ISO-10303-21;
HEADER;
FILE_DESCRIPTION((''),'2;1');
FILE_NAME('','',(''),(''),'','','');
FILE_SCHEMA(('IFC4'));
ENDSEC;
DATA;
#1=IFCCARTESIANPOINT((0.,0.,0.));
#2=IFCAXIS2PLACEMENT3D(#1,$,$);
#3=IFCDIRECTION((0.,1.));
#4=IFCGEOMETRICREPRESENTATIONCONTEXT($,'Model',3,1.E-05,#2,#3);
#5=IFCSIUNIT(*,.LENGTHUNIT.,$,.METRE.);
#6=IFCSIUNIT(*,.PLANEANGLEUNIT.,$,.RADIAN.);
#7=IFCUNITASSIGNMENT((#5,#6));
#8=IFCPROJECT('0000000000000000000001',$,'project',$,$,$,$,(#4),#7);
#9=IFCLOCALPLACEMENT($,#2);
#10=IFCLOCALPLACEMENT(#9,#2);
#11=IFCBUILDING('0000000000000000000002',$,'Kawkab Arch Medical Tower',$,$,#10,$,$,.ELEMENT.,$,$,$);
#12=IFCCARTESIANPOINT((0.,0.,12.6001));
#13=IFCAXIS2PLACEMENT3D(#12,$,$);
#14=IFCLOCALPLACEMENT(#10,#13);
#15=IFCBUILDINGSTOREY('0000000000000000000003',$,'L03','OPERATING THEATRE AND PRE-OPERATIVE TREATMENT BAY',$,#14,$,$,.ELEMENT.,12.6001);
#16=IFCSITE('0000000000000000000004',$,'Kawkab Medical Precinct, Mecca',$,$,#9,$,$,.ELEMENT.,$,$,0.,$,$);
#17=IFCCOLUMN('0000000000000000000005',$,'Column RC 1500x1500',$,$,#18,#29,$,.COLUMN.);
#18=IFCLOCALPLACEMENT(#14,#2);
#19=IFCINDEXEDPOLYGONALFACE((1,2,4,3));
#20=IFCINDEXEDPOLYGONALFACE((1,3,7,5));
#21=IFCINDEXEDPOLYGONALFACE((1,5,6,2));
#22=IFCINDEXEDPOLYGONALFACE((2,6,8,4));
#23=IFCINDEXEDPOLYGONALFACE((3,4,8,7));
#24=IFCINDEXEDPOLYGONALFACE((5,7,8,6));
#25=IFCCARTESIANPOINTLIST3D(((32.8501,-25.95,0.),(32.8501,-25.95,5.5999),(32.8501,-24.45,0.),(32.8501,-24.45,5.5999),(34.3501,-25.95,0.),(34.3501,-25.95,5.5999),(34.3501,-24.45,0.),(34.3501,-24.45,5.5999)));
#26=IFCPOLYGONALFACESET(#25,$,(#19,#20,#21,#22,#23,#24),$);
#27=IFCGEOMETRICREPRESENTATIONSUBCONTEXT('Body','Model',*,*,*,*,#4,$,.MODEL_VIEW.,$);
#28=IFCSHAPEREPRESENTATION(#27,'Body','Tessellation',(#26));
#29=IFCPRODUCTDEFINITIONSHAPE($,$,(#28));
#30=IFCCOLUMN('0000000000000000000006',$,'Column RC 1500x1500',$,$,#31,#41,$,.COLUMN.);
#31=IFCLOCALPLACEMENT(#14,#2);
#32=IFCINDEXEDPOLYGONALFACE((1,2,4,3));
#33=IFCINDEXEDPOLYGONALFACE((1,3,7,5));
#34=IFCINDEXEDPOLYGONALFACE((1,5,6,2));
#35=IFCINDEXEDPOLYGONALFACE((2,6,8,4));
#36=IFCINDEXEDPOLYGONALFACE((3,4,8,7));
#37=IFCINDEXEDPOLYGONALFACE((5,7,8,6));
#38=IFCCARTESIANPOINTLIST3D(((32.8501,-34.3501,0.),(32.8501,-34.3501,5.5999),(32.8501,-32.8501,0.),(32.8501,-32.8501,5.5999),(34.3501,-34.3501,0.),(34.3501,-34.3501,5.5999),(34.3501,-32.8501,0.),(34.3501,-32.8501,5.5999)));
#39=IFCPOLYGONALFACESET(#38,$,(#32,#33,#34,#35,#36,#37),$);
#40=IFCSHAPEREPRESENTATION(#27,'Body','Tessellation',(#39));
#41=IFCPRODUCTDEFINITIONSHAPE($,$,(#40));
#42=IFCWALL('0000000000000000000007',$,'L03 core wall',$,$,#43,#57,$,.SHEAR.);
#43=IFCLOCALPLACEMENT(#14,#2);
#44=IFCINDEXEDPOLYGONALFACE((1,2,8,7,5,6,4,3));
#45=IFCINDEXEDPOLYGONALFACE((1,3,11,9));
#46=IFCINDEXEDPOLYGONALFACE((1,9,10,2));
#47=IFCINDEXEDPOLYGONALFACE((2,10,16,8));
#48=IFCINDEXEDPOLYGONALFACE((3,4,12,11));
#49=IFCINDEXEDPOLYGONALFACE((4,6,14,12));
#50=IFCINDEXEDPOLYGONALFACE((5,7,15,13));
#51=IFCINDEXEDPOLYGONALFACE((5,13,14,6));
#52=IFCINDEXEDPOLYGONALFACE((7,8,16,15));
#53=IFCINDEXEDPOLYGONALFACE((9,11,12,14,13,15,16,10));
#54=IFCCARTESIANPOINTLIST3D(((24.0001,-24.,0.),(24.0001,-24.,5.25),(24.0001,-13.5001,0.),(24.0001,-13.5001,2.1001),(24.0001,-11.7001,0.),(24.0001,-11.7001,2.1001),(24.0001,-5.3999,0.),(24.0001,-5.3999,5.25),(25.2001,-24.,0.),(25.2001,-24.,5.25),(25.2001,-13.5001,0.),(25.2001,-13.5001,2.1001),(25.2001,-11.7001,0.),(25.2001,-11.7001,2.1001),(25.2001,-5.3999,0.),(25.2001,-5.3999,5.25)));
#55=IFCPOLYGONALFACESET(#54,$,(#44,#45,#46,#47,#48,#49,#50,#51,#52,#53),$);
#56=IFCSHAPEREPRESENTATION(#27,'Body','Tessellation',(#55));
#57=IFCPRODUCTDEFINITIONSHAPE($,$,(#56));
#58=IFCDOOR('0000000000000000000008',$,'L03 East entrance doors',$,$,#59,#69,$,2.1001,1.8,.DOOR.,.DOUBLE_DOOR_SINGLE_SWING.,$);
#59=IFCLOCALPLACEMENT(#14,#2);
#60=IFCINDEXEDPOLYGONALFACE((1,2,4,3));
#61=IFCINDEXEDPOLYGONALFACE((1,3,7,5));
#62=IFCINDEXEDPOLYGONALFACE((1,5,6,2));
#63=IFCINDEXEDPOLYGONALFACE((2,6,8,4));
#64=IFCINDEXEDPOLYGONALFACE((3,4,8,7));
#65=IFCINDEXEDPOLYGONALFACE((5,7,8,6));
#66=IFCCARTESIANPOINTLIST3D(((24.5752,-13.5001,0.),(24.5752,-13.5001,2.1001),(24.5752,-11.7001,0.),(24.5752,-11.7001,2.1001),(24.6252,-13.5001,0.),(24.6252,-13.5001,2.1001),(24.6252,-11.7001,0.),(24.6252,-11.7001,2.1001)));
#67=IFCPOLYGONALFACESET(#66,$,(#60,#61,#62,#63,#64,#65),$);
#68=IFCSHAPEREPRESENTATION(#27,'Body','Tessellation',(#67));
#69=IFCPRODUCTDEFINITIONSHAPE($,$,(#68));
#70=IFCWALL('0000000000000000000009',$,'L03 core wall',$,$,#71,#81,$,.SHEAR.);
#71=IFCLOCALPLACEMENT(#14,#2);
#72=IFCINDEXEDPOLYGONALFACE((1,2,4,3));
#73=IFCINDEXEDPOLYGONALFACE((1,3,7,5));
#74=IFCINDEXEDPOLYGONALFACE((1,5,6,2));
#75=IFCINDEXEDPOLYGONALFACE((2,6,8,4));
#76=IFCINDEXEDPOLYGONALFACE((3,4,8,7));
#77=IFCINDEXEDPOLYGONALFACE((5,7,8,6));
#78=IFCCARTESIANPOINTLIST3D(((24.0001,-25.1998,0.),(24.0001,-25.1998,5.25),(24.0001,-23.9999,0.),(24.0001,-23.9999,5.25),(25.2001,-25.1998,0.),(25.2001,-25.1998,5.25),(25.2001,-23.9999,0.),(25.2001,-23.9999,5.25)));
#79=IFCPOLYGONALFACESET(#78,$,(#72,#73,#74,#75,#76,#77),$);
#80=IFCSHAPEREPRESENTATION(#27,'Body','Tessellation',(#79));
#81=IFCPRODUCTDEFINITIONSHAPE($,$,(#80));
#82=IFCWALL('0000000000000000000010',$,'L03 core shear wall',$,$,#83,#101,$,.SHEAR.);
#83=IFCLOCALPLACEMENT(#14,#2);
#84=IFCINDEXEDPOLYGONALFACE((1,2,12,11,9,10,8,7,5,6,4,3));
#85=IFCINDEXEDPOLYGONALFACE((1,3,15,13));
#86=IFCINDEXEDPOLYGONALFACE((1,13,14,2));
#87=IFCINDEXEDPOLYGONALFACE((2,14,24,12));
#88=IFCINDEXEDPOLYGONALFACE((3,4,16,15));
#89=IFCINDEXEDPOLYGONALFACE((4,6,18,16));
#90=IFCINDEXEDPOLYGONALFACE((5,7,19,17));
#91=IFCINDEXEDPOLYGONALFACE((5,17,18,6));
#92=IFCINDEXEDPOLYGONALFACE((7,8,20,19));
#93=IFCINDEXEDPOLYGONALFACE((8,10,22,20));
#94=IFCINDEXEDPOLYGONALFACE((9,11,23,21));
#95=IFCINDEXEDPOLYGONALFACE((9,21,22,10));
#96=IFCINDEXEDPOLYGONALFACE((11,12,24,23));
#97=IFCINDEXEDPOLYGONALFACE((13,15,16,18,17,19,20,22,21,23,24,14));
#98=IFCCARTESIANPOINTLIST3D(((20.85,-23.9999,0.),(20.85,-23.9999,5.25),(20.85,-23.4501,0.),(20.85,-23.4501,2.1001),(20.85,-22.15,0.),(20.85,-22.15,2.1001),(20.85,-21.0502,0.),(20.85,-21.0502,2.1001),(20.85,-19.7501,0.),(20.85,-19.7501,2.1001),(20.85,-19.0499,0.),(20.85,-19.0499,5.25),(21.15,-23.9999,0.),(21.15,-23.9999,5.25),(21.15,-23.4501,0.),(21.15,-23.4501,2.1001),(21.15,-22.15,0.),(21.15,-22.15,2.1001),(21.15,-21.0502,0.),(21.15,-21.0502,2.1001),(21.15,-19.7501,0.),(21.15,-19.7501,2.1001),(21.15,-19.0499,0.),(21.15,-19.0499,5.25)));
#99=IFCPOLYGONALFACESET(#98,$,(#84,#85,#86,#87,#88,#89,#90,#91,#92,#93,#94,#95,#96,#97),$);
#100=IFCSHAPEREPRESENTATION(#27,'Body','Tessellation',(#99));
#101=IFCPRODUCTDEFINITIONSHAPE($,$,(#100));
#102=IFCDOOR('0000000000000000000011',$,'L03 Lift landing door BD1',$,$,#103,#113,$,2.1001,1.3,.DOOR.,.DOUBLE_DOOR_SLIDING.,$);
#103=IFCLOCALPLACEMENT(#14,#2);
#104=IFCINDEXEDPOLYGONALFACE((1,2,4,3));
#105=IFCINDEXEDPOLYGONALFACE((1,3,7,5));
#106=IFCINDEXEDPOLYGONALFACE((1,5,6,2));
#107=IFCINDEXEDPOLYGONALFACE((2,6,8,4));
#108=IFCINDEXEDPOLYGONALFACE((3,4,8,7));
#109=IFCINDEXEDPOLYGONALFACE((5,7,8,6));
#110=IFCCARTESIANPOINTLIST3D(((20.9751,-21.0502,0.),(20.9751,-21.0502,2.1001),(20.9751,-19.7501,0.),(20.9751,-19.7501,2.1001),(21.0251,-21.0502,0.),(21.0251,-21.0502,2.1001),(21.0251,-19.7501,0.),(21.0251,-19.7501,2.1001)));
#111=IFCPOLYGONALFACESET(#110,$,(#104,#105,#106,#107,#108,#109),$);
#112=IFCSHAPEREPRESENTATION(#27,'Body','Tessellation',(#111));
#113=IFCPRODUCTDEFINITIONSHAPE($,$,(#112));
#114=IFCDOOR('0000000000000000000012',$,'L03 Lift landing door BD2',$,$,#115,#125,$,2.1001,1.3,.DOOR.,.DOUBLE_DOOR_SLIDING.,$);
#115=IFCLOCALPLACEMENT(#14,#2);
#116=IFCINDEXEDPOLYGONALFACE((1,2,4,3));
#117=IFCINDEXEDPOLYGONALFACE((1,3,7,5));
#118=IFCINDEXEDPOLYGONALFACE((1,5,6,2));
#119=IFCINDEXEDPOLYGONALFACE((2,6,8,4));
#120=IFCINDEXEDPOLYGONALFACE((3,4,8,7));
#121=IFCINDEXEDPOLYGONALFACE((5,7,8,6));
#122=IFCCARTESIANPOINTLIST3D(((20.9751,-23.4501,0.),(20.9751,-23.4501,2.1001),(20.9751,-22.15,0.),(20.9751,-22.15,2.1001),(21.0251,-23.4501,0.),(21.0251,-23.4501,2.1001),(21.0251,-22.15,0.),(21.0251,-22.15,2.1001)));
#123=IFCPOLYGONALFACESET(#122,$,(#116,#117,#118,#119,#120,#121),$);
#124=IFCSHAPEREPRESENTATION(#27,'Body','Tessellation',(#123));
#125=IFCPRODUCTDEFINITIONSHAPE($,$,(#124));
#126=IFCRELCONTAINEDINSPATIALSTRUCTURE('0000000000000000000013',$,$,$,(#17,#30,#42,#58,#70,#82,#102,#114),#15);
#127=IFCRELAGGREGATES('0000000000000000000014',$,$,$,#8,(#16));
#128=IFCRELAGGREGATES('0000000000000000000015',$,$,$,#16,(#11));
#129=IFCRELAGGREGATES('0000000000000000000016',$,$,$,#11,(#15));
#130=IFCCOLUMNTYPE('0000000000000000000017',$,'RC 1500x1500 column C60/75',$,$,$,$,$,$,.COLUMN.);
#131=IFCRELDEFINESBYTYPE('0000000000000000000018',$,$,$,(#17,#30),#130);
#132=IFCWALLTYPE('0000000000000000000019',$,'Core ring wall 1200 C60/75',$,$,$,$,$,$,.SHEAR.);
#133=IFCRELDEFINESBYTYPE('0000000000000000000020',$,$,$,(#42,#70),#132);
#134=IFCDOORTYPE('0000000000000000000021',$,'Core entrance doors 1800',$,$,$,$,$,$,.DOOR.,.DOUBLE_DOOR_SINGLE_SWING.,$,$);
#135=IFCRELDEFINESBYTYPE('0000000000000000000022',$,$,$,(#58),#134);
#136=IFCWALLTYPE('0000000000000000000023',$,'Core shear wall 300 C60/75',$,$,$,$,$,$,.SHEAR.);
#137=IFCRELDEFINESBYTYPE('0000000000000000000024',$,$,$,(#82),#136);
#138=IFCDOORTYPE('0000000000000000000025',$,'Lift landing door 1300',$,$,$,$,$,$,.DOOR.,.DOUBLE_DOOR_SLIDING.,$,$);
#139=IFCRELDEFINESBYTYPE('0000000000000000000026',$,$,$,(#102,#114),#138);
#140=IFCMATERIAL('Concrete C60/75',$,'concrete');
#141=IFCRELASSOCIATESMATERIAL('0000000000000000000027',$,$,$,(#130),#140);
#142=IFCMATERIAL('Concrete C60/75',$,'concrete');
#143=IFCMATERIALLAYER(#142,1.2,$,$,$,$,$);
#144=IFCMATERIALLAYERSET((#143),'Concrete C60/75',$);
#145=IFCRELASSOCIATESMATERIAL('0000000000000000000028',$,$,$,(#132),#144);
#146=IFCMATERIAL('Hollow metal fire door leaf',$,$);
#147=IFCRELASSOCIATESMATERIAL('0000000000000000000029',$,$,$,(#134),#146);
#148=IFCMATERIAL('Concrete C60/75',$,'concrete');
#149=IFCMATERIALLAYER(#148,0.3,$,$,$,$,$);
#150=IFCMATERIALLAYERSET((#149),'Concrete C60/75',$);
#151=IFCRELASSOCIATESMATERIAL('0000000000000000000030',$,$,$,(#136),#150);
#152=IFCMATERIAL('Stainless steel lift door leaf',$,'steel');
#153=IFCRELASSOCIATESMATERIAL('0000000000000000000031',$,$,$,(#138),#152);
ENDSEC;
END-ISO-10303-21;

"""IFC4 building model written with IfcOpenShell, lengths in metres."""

from ifc_helpers import new_model, si_unit, direction, frame, frame_2d, origin, origin_2d, place, context, subcontext, project, spatial, rectangle, extrude, material, layer, layer_set, material_profile, profile_set, type_object, element, fill, save


model = new_model("IFC4")

# Units and contexts
model_context = context("Model", 3, precision=1e-05, world=origin(), true_north=direction((0.0, 1.0)))
body_context = subcontext(model_context, "Body", "Model", "MODEL_VIEW")
ifc_project = project(units=[si_unit("LENGTHUNIT", "METRE"), si_unit("PLANEANGLEUNIT", "RADIAN")], contexts=[model_context])

# Site, building, storey
site_placement = place(None, origin())
site = spatial("IfcSite", under=ifc_project, at=site_placement, Name="Kawkab Medical Precinct, Mecca", CompositionType="ELEMENT", RefElevation=0.0)
building_placement = place(site_placement, origin())
building = spatial("IfcBuilding", under=site, at=building_placement, Name="Kawkab Arch Medical Tower", CompositionType="ELEMENT")
storey_placement = place(building_placement, frame((0.0, 0.0, 12.6001)))
storey = spatial("IfcBuildingStorey", under=building, at=storey_placement, Name="L03", Description="OPERATING THEATRE AND PRE-OPERATIVE TREATMENT BAY", CompositionType="ELEMENT", Elevation=12.6001)

# Columns
ifc_material_1 = material(Name="Concrete C60/75", Category="concrete")
ifc_material_profile = material_profile(ifc_material_1, rectangle(XDim=1.5, YDim=1.5, at=origin_2d()), Name="RC 1500x1500")
ifc_profile_set = profile_set([ifc_material_profile], Name="Concrete C60/75")
column_type = type_object("IfcColumnType", Name="RC 1500x1500 column C60/75", PredefinedType="COLUMN", material=ifc_profile_set)
for number, where, z_axis, x_axis, name in (
    (1, (33.6001, -25.2, 0.0), (0.0, 0.0, 1.0), (1.0, 0.0, 0.0), "Column RC 1500x1500"),
    (2, (33.6001, -33.6001, 0.0), (0.0, 0.0, 1.0), (1.0, 0.0, 0.0), "Column RC 1500x1500"),
):
    element("IfcColumn", number, at=place(storey_placement, frame(where, z_axis=z_axis, x_axis=x_axis)), inside=storey, type_object=column_type, Name=name, PredefinedType="COLUMN", context=body_context, shape_type="SweptSolid", body=[
        extrude(rectangle(XDim=1.5, YDim=1.5, at=origin_2d()), origin(), (0.0, 0.0, 1.0), 5.5999),
    ])

# Wall, opening, door
ifc_material_2 = material(Name="Concrete C60/75", Category="concrete")
ifc_layer_1 = layer(ifc_material_2, 1.2)
ifc_layer_set_1 = layer_set([ifc_layer_1], Name="Concrete C60/75")
wall_type_1 = type_object("IfcWallType", Name="Core ring wall 1200 C60/75", PredefinedType="SHEAR", material=ifc_layer_set_1)
wall_1_placement = place(storey_placement, frame((24.6001, -24.0, 0.0), z_axis=(0.0, 0.0, 1.0), x_axis=(0.0, 1.0, 0.0)))
wall_1 = element("IfcWall", 3, at=wall_1_placement, inside=storey, type_object=wall_type_1, Name="L03 core wall", PredefinedType="SHEAR", context=body_context, shape_type="SweptSolid", body=[
    extrude(rectangle(XDim=18.6001, YDim=1.2, at=frame_2d((9.3, 0.0))), origin(), (0.0, 0.0, 1.0), 5.25),
])
opening_1_placement = place(wall_1_placement, frame((10.5, 0.0, 0.0)))
opening_1 = element("IfcOpeningElement", 4, at=opening_1_placement, cuts=wall_1, PredefinedType="OPENING", context=body_context, shape_type="SweptSolid", body=[
    extrude(rectangle(XDim=1.8, YDim=2.1001, at=frame_2d((0.8999, 1.05))), frame((0.0, 0.6099, 0.0), z_axis=(0.0, -1.0, 0.0), x_axis=(1.0, 0.0, 0.0)), (0.0, 0.0, 1.0), 1.22),
])
ifc_material_3 = material(Name="Hollow metal fire door leaf")
door_type_1 = type_object("IfcDoorType", Name="Core entrance doors 1800", OperationType="DOUBLE_DOOR_SINGLE_SWING", PredefinedType="DOOR", material=ifc_material_3)
door_1_placement = place(opening_1_placement, origin())
door_1 = element("IfcDoor", 5, at=door_1_placement, inside=storey, type_object=door_type_1, Name="L03 East entrance doors", OperationType="DOUBLE_DOOR_SINGLE_SWING", OverallHeight=2.1001, OverallWidth=1.8, PredefinedType="DOOR", context=body_context, shape_type="SweptSolid", body=[
    extrude(rectangle(XDim=1.8, YDim=2.1001, at=frame_2d((0.8999, 1.05))), frame((0.0, 0.0249, 0.0), z_axis=(0.0, -1.0, 0.0), x_axis=(1.0, 0.0, 0.0)), (0.0, 0.0, 1.0), 0.05),
])
fill(opening_1, door_1)

# Wall
wall_2_placement = place(storey_placement, frame((24.6001, -25.2, 0.0), z_axis=(0.0, 0.0, 1.0), x_axis=(0.0, 1.0, 0.0)))
element("IfcWall", 6, at=wall_2_placement, inside=storey, type_object=wall_type_1, Name="L03 core wall", PredefinedType="SHEAR", context=body_context, shape_type="SweptSolid", body=[
    extrude(rectangle(XDim=1.2, YDim=1.2, at=frame_2d((0.6001, 0.0))), origin(), (0.0, 0.0, 1.0), 5.25),
])

# Wall, openings, doors
ifc_material_4 = material(Name="Concrete C60/75", Category="concrete")
ifc_layer_2 = layer(ifc_material_4, 0.3)
ifc_layer_set_2 = layer_set([ifc_layer_2], Name="Concrete C60/75")
wall_type_2 = type_object("IfcWallType", Name="Core shear wall 300 C60/75", PredefinedType="SHEAR", material=ifc_layer_set_2)
wall_3_placement = place(storey_placement, frame((21.0, -24.0, 0.0), z_axis=(0.0, 0.0, 1.0), x_axis=(0.0, 1.0, 0.0)))
wall_3 = element("IfcWall", 7, at=wall_3_placement, inside=storey, type_object=wall_type_2, Name="L03 core shear wall", PredefinedType="SHEAR", context=body_context, shape_type="SweptSolid", body=[
    extrude(rectangle(XDim=4.95, YDim=0.3, at=frame_2d((2.4751, 0.0))), origin(), (0.0, 0.0, 1.0), 5.25),
])
opening_2_placement = place(wall_3_placement, frame((2.95, 0.0, 0.0)))
opening_2 = element("IfcOpeningElement", 8, at=opening_2_placement, cuts=wall_3, PredefinedType="OPENING", context=body_context, shape_type="SweptSolid", body=[
    extrude(rectangle(XDim=1.3, YDim=2.1001, at=frame_2d((0.6499, 1.05))), frame((0.0, 0.1599, 0.0), z_axis=(0.0, -1.0, 0.0), x_axis=(1.0, 0.0, 0.0)), (0.0, 0.0, 1.0), 0.3201),
])
opening_3_placement = place(wall_3_placement, frame((0.55, 0.0, 0.0)))
opening_3 = element("IfcOpeningElement", 9, at=opening_3_placement, cuts=wall_3, PredefinedType="OPENING", context=body_context, shape_type="SweptSolid", body=[
    extrude(rectangle(XDim=1.3, YDim=2.1001, at=frame_2d((0.6499, 1.05))), frame((0.0, 0.1599, 0.0), z_axis=(0.0, -1.0, 0.0), x_axis=(1.0, 0.0, 0.0)), (0.0, 0.0, 1.0), 0.3201),
])
ifc_material_5 = material(Name="Stainless steel lift door leaf", Category="steel")
door_type_2 = type_object("IfcDoorType", Name="Lift landing door 1300", OperationType="DOUBLE_DOOR_SLIDING", PredefinedType="DOOR", material=ifc_material_5)
door_2_placement = place(opening_2_placement, origin())
door_2 = element("IfcDoor", 10, at=door_2_placement, inside=storey, type_object=door_type_2, Name="L03 Lift landing door BD1", OperationType="DOUBLE_DOOR_SLIDING", OverallHeight=2.1001, OverallWidth=1.3, PredefinedType="DOOR", context=body_context, shape_type="SweptSolid", body=[
    extrude(rectangle(XDim=1.3, YDim=2.1001, at=frame_2d((0.6499, 1.05))), frame((0.0, 0.0249, 0.0), z_axis=(0.0, -1.0, 0.0), x_axis=(1.0, 0.0, 0.0)), (0.0, 0.0, 1.0), 0.05),
])
fill(opening_2, door_2)
door_3_placement = place(opening_3_placement, origin())
door_3 = element("IfcDoor", 11, at=door_3_placement, inside=storey, type_object=door_type_2, Name="L03 Lift landing door BD2", OperationType="DOUBLE_DOOR_SLIDING", OverallHeight=2.1001, OverallWidth=1.3, PredefinedType="DOOR", context=body_context, shape_type="SweptSolid", body=[
    extrude(rectangle(XDim=1.3, YDim=2.1001, at=frame_2d((0.6499, 1.05))), frame((0.0, 0.0249, 0.0), z_axis=(0.0, -1.0, 0.0), x_axis=(1.0, 0.0, 0.0)), (0.0, 0.0, 1.0), 0.05),
])
fill(opening_3, door_3)

save(model, "model.ifc")
